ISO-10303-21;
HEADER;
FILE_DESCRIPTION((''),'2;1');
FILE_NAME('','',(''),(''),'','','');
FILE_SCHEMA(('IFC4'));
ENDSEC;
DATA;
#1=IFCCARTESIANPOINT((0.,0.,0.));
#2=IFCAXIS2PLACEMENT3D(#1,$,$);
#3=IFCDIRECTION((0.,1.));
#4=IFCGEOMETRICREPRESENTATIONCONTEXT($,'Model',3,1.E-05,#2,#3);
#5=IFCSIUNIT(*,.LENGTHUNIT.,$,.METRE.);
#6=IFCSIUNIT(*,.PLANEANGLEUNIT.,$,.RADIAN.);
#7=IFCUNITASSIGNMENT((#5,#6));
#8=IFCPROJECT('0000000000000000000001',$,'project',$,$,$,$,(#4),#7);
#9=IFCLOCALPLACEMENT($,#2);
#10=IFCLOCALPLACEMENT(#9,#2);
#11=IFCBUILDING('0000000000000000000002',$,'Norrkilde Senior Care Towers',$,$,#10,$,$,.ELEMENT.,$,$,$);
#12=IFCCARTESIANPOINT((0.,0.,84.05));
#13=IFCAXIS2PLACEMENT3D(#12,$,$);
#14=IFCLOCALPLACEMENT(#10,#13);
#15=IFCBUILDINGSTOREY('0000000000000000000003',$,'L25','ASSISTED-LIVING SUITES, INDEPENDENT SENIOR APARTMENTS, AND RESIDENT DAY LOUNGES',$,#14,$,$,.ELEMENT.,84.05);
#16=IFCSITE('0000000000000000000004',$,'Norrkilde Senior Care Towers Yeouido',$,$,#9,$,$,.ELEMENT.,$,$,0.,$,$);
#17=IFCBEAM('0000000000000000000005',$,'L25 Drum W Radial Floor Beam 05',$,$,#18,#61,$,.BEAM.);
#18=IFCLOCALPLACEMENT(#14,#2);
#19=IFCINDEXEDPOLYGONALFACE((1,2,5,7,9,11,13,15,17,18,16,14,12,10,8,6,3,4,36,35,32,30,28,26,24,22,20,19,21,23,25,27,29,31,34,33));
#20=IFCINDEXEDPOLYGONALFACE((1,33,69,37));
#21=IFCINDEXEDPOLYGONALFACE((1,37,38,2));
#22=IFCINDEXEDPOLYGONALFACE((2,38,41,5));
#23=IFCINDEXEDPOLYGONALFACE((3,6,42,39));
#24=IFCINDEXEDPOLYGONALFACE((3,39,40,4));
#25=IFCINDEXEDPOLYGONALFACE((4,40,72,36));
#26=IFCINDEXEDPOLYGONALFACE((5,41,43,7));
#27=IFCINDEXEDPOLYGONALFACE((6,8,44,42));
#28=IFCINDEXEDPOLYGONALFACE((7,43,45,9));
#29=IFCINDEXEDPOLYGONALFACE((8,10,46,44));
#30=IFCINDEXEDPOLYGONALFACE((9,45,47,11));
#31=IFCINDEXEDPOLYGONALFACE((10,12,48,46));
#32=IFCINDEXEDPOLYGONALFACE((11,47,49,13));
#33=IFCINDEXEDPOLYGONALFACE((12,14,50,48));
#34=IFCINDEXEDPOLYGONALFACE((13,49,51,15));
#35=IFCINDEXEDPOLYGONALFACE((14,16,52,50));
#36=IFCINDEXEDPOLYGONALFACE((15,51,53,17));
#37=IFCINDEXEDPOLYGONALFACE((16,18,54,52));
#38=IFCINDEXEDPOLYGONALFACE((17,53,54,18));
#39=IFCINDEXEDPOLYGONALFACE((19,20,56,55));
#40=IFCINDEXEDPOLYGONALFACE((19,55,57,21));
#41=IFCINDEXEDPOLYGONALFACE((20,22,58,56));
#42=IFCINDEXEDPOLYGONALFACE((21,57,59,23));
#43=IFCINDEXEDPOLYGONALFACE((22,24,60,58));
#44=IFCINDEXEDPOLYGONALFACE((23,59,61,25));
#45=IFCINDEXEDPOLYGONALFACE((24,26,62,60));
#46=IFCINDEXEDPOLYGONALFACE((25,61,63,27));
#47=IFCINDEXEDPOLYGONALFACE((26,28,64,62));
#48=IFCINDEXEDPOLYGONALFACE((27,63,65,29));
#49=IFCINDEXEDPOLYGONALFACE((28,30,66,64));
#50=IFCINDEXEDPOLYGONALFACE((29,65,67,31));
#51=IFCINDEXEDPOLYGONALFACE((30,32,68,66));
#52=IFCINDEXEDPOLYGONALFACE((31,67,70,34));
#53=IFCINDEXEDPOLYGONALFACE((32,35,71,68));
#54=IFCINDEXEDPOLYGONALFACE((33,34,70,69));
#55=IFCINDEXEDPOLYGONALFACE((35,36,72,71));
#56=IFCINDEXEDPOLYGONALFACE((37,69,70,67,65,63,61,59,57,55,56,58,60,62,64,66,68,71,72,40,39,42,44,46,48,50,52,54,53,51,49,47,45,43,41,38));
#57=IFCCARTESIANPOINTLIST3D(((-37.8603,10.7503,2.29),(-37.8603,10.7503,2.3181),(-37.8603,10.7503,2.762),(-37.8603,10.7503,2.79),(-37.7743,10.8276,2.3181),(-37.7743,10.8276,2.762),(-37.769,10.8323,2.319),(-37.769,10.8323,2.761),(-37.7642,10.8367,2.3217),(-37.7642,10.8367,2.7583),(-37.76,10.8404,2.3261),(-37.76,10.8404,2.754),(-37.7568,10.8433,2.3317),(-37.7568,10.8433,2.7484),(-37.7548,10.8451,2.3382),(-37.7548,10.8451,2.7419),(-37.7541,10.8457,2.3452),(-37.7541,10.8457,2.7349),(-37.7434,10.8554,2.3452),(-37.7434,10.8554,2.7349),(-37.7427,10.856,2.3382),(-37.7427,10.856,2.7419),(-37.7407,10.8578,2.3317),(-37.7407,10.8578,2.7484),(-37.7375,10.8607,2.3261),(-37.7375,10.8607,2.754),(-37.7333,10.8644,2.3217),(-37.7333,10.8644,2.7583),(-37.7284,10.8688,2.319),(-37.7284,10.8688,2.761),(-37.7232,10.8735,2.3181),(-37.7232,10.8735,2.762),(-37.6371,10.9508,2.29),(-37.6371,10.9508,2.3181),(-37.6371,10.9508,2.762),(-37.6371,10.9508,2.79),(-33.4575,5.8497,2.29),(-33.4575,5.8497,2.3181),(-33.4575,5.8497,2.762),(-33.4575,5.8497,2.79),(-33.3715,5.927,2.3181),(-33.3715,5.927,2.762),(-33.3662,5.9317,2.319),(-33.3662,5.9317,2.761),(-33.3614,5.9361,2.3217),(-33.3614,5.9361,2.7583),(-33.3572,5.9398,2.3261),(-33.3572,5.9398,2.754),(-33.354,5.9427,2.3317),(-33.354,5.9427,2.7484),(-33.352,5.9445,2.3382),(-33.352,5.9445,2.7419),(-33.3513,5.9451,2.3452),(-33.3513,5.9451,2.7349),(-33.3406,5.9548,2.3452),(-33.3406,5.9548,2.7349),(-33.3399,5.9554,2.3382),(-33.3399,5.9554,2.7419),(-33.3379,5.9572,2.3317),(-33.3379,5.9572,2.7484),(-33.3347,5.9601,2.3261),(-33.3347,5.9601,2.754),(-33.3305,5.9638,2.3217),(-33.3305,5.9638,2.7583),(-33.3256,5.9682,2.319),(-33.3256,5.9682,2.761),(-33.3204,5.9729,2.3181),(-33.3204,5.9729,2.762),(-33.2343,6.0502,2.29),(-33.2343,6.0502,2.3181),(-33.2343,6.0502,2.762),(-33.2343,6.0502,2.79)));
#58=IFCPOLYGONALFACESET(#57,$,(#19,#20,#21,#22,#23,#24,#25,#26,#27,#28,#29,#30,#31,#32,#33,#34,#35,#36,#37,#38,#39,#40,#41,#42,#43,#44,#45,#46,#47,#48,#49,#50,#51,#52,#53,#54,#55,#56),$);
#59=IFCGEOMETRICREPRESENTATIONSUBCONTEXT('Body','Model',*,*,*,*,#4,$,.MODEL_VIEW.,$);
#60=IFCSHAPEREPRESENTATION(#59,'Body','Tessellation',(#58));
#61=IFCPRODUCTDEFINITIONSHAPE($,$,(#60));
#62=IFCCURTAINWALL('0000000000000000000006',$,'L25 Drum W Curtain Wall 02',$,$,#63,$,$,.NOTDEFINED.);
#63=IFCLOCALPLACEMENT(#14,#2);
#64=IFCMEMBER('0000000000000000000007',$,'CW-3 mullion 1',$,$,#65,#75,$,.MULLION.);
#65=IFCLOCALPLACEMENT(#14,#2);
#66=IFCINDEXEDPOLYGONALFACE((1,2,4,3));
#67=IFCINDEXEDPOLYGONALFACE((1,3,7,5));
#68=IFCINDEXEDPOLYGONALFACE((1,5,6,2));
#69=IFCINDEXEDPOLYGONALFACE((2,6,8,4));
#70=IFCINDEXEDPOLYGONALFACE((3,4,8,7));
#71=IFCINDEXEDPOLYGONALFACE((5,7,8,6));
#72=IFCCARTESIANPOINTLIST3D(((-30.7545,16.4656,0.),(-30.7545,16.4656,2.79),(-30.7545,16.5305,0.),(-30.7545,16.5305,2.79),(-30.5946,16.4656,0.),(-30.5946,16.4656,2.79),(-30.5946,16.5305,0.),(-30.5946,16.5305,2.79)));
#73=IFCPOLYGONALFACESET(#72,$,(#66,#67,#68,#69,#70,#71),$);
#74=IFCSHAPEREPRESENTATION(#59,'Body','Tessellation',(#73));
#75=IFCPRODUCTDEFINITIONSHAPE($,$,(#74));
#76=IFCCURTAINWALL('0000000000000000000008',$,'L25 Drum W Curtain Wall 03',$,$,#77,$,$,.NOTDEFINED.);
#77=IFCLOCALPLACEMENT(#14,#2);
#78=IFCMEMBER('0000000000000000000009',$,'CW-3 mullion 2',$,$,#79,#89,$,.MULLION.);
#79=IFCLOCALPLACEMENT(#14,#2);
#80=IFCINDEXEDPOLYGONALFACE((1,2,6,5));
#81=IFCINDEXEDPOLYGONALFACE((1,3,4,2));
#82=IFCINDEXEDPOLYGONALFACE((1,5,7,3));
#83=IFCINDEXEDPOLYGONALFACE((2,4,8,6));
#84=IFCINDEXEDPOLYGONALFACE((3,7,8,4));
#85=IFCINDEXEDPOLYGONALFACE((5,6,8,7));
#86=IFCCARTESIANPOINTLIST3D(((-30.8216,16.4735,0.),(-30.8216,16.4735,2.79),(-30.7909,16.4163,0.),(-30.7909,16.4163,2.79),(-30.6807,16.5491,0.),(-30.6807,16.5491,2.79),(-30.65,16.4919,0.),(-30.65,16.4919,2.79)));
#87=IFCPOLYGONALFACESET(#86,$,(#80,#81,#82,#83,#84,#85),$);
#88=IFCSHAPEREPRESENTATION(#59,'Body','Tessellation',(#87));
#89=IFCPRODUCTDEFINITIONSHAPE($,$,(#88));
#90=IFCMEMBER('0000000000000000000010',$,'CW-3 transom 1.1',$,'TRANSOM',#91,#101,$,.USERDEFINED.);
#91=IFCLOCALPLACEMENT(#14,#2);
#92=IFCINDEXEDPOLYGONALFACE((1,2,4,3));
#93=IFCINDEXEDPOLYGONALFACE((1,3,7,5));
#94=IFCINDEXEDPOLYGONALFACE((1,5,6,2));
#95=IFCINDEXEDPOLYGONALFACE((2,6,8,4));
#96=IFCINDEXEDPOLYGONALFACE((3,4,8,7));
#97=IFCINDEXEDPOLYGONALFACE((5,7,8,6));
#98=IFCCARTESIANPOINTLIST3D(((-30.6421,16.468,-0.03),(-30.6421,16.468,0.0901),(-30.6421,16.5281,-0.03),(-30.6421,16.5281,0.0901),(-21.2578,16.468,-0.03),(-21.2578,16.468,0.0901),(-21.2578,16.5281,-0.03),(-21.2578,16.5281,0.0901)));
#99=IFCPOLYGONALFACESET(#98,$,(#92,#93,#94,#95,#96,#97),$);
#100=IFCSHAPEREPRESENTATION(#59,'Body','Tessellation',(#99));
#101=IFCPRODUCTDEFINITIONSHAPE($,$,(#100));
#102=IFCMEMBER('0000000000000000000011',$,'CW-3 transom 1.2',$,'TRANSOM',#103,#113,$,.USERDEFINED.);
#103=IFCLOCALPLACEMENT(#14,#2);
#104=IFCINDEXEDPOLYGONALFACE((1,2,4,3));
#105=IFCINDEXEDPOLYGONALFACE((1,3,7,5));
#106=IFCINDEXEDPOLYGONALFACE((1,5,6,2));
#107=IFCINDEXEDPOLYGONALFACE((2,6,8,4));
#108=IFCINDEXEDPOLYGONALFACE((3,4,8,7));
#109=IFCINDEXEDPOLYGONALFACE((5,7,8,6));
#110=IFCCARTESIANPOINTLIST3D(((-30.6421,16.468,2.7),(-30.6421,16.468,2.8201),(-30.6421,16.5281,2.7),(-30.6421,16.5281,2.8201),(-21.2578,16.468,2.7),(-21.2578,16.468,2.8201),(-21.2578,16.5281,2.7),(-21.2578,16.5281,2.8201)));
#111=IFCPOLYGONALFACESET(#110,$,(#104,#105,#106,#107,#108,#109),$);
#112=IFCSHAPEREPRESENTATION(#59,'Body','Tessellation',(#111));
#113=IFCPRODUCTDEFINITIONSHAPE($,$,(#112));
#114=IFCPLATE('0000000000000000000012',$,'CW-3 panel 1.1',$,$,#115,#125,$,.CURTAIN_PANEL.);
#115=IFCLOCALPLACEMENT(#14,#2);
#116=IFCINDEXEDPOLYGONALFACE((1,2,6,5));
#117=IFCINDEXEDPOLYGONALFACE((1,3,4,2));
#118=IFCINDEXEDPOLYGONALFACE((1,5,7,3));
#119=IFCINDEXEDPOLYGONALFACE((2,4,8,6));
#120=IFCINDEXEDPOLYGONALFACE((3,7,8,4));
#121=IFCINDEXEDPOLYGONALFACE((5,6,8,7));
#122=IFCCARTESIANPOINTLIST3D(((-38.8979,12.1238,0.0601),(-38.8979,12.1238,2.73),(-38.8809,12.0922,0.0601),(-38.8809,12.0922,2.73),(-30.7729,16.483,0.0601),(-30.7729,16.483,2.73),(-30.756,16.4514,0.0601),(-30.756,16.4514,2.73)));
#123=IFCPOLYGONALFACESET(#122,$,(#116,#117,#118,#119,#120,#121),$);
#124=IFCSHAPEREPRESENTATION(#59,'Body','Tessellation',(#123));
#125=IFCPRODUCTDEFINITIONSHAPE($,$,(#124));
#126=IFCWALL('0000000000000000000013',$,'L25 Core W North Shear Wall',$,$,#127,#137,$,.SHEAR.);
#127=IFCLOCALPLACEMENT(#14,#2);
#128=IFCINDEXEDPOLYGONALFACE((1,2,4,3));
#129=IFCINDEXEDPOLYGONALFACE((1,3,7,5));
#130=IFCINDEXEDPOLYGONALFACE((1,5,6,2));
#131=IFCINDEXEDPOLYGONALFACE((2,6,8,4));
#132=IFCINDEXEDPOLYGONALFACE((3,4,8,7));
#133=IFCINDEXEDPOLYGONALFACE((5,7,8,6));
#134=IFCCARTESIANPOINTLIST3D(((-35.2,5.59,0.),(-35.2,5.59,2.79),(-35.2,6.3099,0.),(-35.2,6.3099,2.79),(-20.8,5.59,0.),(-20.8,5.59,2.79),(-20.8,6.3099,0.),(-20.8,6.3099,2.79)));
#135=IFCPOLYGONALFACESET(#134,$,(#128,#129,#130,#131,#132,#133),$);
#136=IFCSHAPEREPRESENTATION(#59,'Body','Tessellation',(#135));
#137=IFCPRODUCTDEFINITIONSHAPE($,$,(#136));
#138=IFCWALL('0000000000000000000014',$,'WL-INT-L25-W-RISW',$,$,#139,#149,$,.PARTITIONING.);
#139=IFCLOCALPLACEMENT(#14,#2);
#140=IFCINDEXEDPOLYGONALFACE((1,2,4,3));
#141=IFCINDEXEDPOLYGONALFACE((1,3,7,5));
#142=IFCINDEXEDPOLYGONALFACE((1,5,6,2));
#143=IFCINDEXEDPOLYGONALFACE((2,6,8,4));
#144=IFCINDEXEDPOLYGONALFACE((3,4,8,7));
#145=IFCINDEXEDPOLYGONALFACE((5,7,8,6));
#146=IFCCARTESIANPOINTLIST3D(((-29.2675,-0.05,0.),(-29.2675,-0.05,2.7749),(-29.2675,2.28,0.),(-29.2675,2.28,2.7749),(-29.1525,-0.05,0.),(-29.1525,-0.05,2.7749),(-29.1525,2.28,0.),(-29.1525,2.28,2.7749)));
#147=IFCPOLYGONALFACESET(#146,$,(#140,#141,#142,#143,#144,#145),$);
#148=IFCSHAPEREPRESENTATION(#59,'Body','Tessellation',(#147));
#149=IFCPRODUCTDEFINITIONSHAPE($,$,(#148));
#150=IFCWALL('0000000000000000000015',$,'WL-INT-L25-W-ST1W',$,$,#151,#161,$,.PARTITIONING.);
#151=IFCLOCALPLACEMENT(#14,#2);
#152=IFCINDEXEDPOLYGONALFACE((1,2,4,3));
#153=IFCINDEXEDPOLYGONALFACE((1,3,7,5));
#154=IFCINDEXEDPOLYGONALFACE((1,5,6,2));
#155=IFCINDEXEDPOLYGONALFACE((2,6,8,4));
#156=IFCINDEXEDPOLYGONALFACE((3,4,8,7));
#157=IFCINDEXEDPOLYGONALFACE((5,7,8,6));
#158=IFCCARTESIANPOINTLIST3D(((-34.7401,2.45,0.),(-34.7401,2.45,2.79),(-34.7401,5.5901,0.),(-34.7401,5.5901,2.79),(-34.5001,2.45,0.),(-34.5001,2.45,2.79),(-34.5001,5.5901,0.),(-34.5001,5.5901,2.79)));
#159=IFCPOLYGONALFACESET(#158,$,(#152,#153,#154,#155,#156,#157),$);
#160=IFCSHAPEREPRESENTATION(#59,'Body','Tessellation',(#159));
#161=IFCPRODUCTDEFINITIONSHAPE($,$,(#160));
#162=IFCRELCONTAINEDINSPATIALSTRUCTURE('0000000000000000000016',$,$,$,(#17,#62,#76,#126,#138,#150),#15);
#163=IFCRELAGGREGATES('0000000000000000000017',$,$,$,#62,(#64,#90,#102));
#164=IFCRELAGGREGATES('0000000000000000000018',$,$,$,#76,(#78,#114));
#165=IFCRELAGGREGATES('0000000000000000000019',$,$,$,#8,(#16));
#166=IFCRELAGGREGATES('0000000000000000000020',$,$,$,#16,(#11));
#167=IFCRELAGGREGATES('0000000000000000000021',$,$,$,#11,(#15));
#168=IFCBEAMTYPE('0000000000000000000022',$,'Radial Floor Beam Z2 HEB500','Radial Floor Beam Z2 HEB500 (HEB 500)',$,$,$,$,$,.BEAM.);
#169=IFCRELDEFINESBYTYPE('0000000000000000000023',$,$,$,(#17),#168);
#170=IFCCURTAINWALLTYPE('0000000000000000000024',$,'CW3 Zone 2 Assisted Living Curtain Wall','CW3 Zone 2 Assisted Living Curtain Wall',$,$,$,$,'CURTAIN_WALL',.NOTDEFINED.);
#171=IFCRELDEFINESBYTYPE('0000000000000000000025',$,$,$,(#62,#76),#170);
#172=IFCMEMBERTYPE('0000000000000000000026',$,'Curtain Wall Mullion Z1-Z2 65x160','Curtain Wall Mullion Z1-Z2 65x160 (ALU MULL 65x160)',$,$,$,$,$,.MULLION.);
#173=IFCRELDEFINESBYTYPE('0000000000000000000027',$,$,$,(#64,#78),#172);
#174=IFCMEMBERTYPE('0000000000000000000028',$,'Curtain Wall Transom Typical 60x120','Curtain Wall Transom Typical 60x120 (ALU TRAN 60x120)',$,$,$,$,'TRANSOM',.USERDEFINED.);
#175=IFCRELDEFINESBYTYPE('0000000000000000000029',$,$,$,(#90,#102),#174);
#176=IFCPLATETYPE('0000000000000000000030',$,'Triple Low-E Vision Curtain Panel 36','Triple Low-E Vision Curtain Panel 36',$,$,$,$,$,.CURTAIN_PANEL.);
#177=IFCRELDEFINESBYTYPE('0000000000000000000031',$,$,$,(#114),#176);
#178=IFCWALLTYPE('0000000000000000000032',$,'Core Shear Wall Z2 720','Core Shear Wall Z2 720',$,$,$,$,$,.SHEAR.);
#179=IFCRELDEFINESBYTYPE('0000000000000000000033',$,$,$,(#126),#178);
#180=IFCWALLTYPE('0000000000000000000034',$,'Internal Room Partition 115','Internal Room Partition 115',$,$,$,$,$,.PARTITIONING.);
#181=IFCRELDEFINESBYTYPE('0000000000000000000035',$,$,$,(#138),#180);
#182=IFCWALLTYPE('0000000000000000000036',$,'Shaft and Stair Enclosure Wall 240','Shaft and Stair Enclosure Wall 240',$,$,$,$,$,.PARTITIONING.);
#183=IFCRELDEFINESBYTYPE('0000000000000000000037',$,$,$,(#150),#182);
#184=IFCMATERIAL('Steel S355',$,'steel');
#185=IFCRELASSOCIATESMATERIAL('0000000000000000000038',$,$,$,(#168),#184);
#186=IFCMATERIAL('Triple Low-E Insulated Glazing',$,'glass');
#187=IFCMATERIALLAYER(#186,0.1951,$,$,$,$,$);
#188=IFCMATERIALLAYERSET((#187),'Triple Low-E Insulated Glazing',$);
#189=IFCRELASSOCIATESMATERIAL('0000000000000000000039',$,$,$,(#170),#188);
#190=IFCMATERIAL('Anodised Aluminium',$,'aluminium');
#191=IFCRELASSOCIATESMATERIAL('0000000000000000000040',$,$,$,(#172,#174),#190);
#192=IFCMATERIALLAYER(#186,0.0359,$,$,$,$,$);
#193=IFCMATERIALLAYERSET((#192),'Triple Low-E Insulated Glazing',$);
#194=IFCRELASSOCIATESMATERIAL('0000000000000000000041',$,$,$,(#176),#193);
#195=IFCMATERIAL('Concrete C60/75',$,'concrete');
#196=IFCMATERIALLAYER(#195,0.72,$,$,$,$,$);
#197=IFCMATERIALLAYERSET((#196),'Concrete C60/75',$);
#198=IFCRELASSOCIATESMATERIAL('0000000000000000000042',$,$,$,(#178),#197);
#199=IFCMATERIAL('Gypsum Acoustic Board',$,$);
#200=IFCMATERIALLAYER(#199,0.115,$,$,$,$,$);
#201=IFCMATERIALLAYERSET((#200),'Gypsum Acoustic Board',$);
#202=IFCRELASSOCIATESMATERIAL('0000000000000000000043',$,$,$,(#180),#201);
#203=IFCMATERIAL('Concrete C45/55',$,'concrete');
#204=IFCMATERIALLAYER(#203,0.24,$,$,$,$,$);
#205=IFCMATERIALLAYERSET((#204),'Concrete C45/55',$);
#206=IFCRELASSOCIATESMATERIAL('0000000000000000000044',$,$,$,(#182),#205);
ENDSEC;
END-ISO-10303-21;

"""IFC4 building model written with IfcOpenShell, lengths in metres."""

from ifc_helpers import new_model, si_unit, direction, frame, frame_2d, origin, origin_2d, place, context, subcontext, project, spatial, rectangle, i_section, extrude, source, transform, mapped, material, layer, layer_set, material_profile, profile_set, type_object, type_shapes, element, aggregate, save


model = new_model("IFC4")

# Units and contexts
model_context = context("Model", 3, precision=1e-05, world=origin(), true_north=direction((0.0, 1.0)))
body_context = subcontext(model_context, "Body", "Model", "MODEL_VIEW")
ifc_project = project(units=[si_unit("LENGTHUNIT", "METRE"), si_unit("PLANEANGLEUNIT", "RADIAN")], contexts=[model_context])

# Site, building, storey
site_placement = place(None, origin())
site = spatial("IfcSite", under=ifc_project, at=site_placement, Name="Norrkilde Senior Care Towers Yeouido", CompositionType="ELEMENT", RefElevation=0.0)
building_placement = place(site_placement, origin())
building = spatial("IfcBuilding", under=site, at=building_placement, Name="Norrkilde Senior Care Towers", CompositionType="ELEMENT")
storey_placement = place(building_placement, frame((0.0, 0.0, 84.05)))
storey = spatial("IfcBuildingStorey", under=building, at=storey_placement, Name="L25", Description="ASSISTED-LIVING SUITES, INDEPENDENT SENIOR APARTMENTS, AND RESIDENT DAY LOUNGES", CompositionType="ELEMENT", Elevation=84.05)

# Shared definitions
ifc_material_1 = material(Name="Concrete C60/75", Category="concrete")

# Beam
ifc_material_2 = material(Name="Steel S355", Category="steel")
ifc_material_profile_1 = material_profile(ifc_material_2, i_section(OverallWidth=0.3, OverallDepth=0.5, WebThickness=0.0144, FlangeThickness=0.0281, FilletRadius=0.0271, at=origin_2d()), Name="HEB 500")
ifc_profile_set_1 = profile_set([ifc_material_profile_1], Name="Steel S355")
beam_type_1 = type_object("IfcBeamType", Name="Radial Floor Beam Z2 HEB500", Description="Radial Floor Beam Z2 HEB500 (HEB 500)", PredefinedType="BEAM", material=ifc_profile_set_1)
shared_shape_1 = source(origin(), body_context, "Body", "SweptSolid", [
    extrude(i_section(OverallWidth=0.3, OverallDepth=0.5, WebThickness=0.0144, FlangeThickness=0.0281, FilletRadius=0.0271, at=origin_2d()), origin(), (0.0, 0.0, 1.0), 6.5879),
])
beam_1_placement = place(storey_placement, frame((-33.3459, 5.95, 2.54), z_axis=(-0.668315, 0.743878, 0.0), x_axis=(-0.743878, -0.668315, 0.0)))
element("IfcBeam", 1, at=beam_1_placement, inside=storey, type_object=beam_type_1, Name="L25 Drum W Radial Floor Beam 05", PredefinedType="BEAM", context=body_context, shape_type="MappedRepresentation", body=[
    mapped(shared_shape_1, transform((0.0, 0.0, 0.0), x_axis=(1.0, 0.0, 0.0), y_axis=(0.0, 1.0, 0.0), z_axis=(0.0, 0.0, 1.0), scale=1.0)),
])

# Curtain walls, members
ifc_material_3 = material(Name="Triple Low-E Insulated Glazing", Category="glass")
ifc_layer_1 = layer(ifc_material_3, 0.1951)
ifc_layer_set_1 = layer_set([ifc_layer_1], Name="Triple Low-E Insulated Glazing")
curtain_wall_type = type_object("IfcCurtainWallType", Name="CW3 Zone 2 Assisted Living Curtain Wall", Description="CW3 Zone 2 Assisted Living Curtain Wall", ElementType="CURTAIN_WALL", PredefinedType="NOTDEFINED", material=ifc_layer_set_1)
curtain_wall_1_placement = place(storey_placement, origin())
curtain_wall_1 = element("IfcCurtainWall", 2, at=curtain_wall_1_placement, inside=storey, type_object=curtain_wall_type, Name="L25 Drum W Curtain Wall 02", PredefinedType="NOTDEFINED")
ifc_material_4 = material(Name="Anodised Aluminium", Category="aluminium")
ifc_material_profile_2 = material_profile(ifc_material_4, rectangle(XDim=0.0649, YDim=0.1599, at=origin_2d()), Name="ALU MULL 65x160")
ifc_profile_set_2 = profile_set([ifc_material_profile_2], Name="Anodised Aluminium")
member_type_1 = type_object("IfcMemberType", Name="Curtain Wall Mullion Z1-Z2 65x160", Description="Curtain Wall Mullion Z1-Z2 65x160 (ALU MULL 65x160)", PredefinedType="MULLION", material=ifc_profile_set_2)
shared_shape_2 = source(origin(), body_context, "Body", "SweptSolid", [
    extrude(rectangle(XDim=0.0649, YDim=0.1599, at=origin_2d()), origin(), (0.0, 0.0, 1.0), 2.79),
])
type_shapes(member_type_1, [shared_shape_2])
member_1_placement = place(storey_placement, frame((-30.6746, 16.498, 0.0), z_axis=(0.0, 0.0, 1.0), x_axis=(0.0, 1.0, 0.0)))
member_1 = element("IfcMember", 3, at=member_1_placement, type_object=member_type_1, Name="CW-3 mullion 1", PredefinedType="MULLION", context=body_context, shape_type="MappedRepresentation", body=[
    mapped(shared_shape_2, transform((0.0, 0.0, 0.0), x_axis=(1.0, 0.0, 0.0), y_axis=(0.0, 1.0, 0.0), z_axis=(0.0, 0.0, 1.0), scale=1.0)),
])
curtain_wall_2_placement = place(storey_placement, origin())
curtain_wall_2 = element("IfcCurtainWall", 4, at=curtain_wall_2_placement, inside=storey, type_object=curtain_wall_type, Name="L25 Drum W Curtain Wall 03", PredefinedType="NOTDEFINED")
member_2_placement = place(storey_placement, frame((-30.7358, 16.4827, 0.0), z_axis=(0.0, 0.0, 1.0), x_axis=(-0.472769, 0.881186, 0.0)))
member_2 = element("IfcMember", 5, at=member_2_placement, type_object=member_type_1, Name="CW-3 mullion 2", PredefinedType="MULLION", context=body_context, shape_type="MappedRepresentation", body=[
    mapped(shared_shape_2, transform((0.0, 0.0, 0.0), x_axis=(1.0, 0.0, 0.0), y_axis=(0.0, 1.0, 0.0), z_axis=(0.0, 0.0, 1.0), scale=1.0)),
])

# Members
ifc_material_profile_3 = material_profile(ifc_material_4, rectangle(XDim=0.0601, YDim=0.1201, at=origin_2d()), Name="ALU TRAN 60x120")
ifc_profile_set_3 = profile_set([ifc_material_profile_3], Name="Anodised Aluminium")
member_type_2 = type_object("IfcMemberType", Name="Curtain Wall Transom Typical 60x120", Description="Curtain Wall Transom Typical 60x120 (ALU TRAN 60x120)", ElementType="TRANSOM", PredefinedType="USERDEFINED", material=ifc_profile_set_3)
shared_shape_3 = source(origin(), body_context, "Body", "SweptSolid", [
    extrude(rectangle(XDim=0.0601, YDim=0.1201, at=origin_2d()), origin(), (0.0, 0.0, 1.0), 9.3843),
])
type_shapes(member_type_2, [shared_shape_3])
member_3_placement = place(storey_placement, frame((-30.6421, 16.498, 0.03), z_axis=(1.0, 0.0, 0.0), x_axis=(0.0, 1.0, 0.0)))
member_3 = element("IfcMember", 6, at=member_3_placement, type_object=member_type_2, Name="CW-3 transom 1.1", ObjectType="TRANSOM", PredefinedType="USERDEFINED", context=body_context, shape_type="MappedRepresentation", body=[
    mapped(shared_shape_3, transform((0.0, 0.0, 0.0), x_axis=(1.0, 0.0, 0.0), y_axis=(0.0, 1.0, 0.0), z_axis=(0.0, 0.0, 1.0), scale=1.0)),
])
member_4_placement = place(storey_placement, frame((-30.6421, 16.498, 2.76), z_axis=(1.0, 0.0, 0.0), x_axis=(0.0, 1.0, 0.0)))
member_4 = element("IfcMember", 7, at=member_4_placement, type_object=member_type_2, Name="CW-3 transom 1.2", ObjectType="TRANSOM", PredefinedType="USERDEFINED", context=body_context, shape_type="MappedRepresentation", body=[
    mapped(shared_shape_3, transform((0.0, 0.0, 0.0), x_axis=(1.0, 0.0, 0.0), y_axis=(0.0, 1.0, 0.0), z_axis=(0.0, 0.0, 1.0), scale=1.0)),
])
aggregate(curtain_wall_1, [member_1, member_3, member_4])

# Plate
ifc_layer_2 = layer(ifc_material_3, 0.0359)
ifc_layer_set_2 = layer_set([ifc_layer_2], Name="Triple Low-E Insulated Glazing")
plate_type = type_object("IfcPlateType", Name="Triple Low-E Vision Curtain Panel 36", Description="Triple Low-E Vision Curtain Panel 36", PredefinedType="CURTAIN_PANEL", material=ifc_layer_set_2)
shared_shape_4 = source(origin(), body_context, "Body", "SweptSolid", [
    extrude(rectangle(XDim=9.2205, YDim=0.0359, at=origin_2d()), origin(), (0.0, 0.0, 1.0), 2.6699),
])
type_shapes(plate_type, [shared_shape_4])
plate_placement = place(storey_placement, frame((-34.8269, 14.2876, 0.0601), z_axis=(0.0, 0.0, 1.0), x_axis=(0.881186, 0.472769, 0.0)))
plate = element("IfcPlate", 8, at=plate_placement, type_object=plate_type, Name="CW-3 panel 1.1", PredefinedType="CURTAIN_PANEL", context=body_context, shape_type="MappedRepresentation", body=[
    mapped(shared_shape_4, transform((0.0, 0.0, 0.0), x_axis=(1.0, 0.0, 0.0), y_axis=(0.0, 1.0, 0.0), z_axis=(0.0, 0.0, 1.0), scale=1.0)),
])
aggregate(curtain_wall_2, [member_2, plate])

# Walls
ifc_layer_3 = layer(ifc_material_1, 0.72)
ifc_layer_set_3 = layer_set([ifc_layer_3], Name="Concrete C60/75")
wall_type_1 = type_object("IfcWallType", Name="Core Shear Wall Z2 720", Description="Core Shear Wall Z2 720", PredefinedType="SHEAR", material=ifc_layer_set_3)
shared_shape_5 = source(origin(), body_context, "Body", "SweptSolid", [
    extrude(rectangle(XDim=14.3999, YDim=0.72, at=frame_2d((7.2, 0.0))), origin(), (0.0, 0.0, 1.0), 2.79),
])
type_shapes(wall_type_1, [shared_shape_5])
wall_1_placement = place(storey_placement, frame((-35.2, 5.95, 0.0), z_axis=(0.0, 0.0, 1.0), x_axis=(1.0, 0.0, 0.0)))
element("IfcWall", 9, at=wall_1_placement, inside=storey, type_object=wall_type_1, Name="L25 Core W North Shear Wall", PredefinedType="SHEAR", context=body_context, shape_type="MappedRepresentation", body=[
    mapped(shared_shape_5, transform((0.0, 0.0, 0.0), x_axis=(1.0, 0.0, 0.0), y_axis=(0.0, 1.0, 0.0), z_axis=(0.0, 0.0, 1.0), scale=1.0)),
])
ifc_material_5 = material(Name="Gypsum Acoustic Board")
ifc_layer_4 = layer(ifc_material_5, 0.115)
ifc_layer_set_4 = layer_set([ifc_layer_4], Name="Gypsum Acoustic Board")
wall_type_2 = type_object("IfcWallType", Name="Internal Room Partition 115", Description="Internal Room Partition 115", PredefinedType="PARTITIONING", material=ifc_layer_set_4)
shared_shape_6 = source(origin(), body_context, "Body", "SweptSolid", [
    extrude(rectangle(XDim=2.3301, YDim=0.115, at=frame_2d((1.165, 0.0))), origin(), (0.0, 0.0, 1.0), 2.7749),
])
type_shapes(wall_type_2, [shared_shape_6])
wall_2_placement = place(storey_placement, frame((-29.21, -0.05, 0.0), z_axis=(0.0, 0.0, 1.0), x_axis=(0.0, 1.0, 0.0)))
element("IfcWall", 10, at=wall_2_placement, inside=storey, type_object=wall_type_2, Name="WL-INT-L25-W-RISW", PredefinedType="PARTITIONING", context=body_context, shape_type="MappedRepresentation", body=[
    mapped(shared_shape_6, transform((0.0, 0.0, 0.0), x_axis=(1.0, 0.0, 0.0), y_axis=(0.0, 1.0, 0.0), z_axis=(0.0, 0.0, 1.0), scale=1.0)),
])
ifc_material_6 = material(Name="Concrete C45/55", Category="concrete")
ifc_layer_5 = layer(ifc_material_6, 0.24)
ifc_layer_set_5 = layer_set([ifc_layer_5], Name="Concrete C45/55")
wall_type_3 = type_object("IfcWallType", Name="Shaft and Stair Enclosure Wall 240", Description="Shaft and Stair Enclosure Wall 240", PredefinedType="PARTITIONING", material=ifc_layer_set_5)
shared_shape_7 = source(origin(), body_context, "Body", "SweptSolid", [
    extrude(rectangle(XDim=3.1401, YDim=0.24, at=frame_2d((1.5701, 0.0))), origin(), (0.0, 0.0, 1.0), 2.79),
])
type_shapes(wall_type_3, [shared_shape_7])
wall_3_placement = place(storey_placement, frame((-34.6201, 2.45, 0.0), z_axis=(0.0, 0.0, 1.0), x_axis=(0.0, 1.0, 0.0)))
element("IfcWall", 11, at=wall_3_placement, inside=storey, type_object=wall_type_3, Name="WL-INT-L25-W-ST1W", PredefinedType="PARTITIONING", context=body_context, shape_type="MappedRepresentation", body=[
    mapped(shared_shape_7, transform((0.0, 0.0, 0.0), x_axis=(1.0, 0.0, 0.0), y_axis=(0.0, 1.0, 0.0), z_axis=(0.0, 0.0, 1.0), scale=1.0)),
])

save(model, "model.ifc")
